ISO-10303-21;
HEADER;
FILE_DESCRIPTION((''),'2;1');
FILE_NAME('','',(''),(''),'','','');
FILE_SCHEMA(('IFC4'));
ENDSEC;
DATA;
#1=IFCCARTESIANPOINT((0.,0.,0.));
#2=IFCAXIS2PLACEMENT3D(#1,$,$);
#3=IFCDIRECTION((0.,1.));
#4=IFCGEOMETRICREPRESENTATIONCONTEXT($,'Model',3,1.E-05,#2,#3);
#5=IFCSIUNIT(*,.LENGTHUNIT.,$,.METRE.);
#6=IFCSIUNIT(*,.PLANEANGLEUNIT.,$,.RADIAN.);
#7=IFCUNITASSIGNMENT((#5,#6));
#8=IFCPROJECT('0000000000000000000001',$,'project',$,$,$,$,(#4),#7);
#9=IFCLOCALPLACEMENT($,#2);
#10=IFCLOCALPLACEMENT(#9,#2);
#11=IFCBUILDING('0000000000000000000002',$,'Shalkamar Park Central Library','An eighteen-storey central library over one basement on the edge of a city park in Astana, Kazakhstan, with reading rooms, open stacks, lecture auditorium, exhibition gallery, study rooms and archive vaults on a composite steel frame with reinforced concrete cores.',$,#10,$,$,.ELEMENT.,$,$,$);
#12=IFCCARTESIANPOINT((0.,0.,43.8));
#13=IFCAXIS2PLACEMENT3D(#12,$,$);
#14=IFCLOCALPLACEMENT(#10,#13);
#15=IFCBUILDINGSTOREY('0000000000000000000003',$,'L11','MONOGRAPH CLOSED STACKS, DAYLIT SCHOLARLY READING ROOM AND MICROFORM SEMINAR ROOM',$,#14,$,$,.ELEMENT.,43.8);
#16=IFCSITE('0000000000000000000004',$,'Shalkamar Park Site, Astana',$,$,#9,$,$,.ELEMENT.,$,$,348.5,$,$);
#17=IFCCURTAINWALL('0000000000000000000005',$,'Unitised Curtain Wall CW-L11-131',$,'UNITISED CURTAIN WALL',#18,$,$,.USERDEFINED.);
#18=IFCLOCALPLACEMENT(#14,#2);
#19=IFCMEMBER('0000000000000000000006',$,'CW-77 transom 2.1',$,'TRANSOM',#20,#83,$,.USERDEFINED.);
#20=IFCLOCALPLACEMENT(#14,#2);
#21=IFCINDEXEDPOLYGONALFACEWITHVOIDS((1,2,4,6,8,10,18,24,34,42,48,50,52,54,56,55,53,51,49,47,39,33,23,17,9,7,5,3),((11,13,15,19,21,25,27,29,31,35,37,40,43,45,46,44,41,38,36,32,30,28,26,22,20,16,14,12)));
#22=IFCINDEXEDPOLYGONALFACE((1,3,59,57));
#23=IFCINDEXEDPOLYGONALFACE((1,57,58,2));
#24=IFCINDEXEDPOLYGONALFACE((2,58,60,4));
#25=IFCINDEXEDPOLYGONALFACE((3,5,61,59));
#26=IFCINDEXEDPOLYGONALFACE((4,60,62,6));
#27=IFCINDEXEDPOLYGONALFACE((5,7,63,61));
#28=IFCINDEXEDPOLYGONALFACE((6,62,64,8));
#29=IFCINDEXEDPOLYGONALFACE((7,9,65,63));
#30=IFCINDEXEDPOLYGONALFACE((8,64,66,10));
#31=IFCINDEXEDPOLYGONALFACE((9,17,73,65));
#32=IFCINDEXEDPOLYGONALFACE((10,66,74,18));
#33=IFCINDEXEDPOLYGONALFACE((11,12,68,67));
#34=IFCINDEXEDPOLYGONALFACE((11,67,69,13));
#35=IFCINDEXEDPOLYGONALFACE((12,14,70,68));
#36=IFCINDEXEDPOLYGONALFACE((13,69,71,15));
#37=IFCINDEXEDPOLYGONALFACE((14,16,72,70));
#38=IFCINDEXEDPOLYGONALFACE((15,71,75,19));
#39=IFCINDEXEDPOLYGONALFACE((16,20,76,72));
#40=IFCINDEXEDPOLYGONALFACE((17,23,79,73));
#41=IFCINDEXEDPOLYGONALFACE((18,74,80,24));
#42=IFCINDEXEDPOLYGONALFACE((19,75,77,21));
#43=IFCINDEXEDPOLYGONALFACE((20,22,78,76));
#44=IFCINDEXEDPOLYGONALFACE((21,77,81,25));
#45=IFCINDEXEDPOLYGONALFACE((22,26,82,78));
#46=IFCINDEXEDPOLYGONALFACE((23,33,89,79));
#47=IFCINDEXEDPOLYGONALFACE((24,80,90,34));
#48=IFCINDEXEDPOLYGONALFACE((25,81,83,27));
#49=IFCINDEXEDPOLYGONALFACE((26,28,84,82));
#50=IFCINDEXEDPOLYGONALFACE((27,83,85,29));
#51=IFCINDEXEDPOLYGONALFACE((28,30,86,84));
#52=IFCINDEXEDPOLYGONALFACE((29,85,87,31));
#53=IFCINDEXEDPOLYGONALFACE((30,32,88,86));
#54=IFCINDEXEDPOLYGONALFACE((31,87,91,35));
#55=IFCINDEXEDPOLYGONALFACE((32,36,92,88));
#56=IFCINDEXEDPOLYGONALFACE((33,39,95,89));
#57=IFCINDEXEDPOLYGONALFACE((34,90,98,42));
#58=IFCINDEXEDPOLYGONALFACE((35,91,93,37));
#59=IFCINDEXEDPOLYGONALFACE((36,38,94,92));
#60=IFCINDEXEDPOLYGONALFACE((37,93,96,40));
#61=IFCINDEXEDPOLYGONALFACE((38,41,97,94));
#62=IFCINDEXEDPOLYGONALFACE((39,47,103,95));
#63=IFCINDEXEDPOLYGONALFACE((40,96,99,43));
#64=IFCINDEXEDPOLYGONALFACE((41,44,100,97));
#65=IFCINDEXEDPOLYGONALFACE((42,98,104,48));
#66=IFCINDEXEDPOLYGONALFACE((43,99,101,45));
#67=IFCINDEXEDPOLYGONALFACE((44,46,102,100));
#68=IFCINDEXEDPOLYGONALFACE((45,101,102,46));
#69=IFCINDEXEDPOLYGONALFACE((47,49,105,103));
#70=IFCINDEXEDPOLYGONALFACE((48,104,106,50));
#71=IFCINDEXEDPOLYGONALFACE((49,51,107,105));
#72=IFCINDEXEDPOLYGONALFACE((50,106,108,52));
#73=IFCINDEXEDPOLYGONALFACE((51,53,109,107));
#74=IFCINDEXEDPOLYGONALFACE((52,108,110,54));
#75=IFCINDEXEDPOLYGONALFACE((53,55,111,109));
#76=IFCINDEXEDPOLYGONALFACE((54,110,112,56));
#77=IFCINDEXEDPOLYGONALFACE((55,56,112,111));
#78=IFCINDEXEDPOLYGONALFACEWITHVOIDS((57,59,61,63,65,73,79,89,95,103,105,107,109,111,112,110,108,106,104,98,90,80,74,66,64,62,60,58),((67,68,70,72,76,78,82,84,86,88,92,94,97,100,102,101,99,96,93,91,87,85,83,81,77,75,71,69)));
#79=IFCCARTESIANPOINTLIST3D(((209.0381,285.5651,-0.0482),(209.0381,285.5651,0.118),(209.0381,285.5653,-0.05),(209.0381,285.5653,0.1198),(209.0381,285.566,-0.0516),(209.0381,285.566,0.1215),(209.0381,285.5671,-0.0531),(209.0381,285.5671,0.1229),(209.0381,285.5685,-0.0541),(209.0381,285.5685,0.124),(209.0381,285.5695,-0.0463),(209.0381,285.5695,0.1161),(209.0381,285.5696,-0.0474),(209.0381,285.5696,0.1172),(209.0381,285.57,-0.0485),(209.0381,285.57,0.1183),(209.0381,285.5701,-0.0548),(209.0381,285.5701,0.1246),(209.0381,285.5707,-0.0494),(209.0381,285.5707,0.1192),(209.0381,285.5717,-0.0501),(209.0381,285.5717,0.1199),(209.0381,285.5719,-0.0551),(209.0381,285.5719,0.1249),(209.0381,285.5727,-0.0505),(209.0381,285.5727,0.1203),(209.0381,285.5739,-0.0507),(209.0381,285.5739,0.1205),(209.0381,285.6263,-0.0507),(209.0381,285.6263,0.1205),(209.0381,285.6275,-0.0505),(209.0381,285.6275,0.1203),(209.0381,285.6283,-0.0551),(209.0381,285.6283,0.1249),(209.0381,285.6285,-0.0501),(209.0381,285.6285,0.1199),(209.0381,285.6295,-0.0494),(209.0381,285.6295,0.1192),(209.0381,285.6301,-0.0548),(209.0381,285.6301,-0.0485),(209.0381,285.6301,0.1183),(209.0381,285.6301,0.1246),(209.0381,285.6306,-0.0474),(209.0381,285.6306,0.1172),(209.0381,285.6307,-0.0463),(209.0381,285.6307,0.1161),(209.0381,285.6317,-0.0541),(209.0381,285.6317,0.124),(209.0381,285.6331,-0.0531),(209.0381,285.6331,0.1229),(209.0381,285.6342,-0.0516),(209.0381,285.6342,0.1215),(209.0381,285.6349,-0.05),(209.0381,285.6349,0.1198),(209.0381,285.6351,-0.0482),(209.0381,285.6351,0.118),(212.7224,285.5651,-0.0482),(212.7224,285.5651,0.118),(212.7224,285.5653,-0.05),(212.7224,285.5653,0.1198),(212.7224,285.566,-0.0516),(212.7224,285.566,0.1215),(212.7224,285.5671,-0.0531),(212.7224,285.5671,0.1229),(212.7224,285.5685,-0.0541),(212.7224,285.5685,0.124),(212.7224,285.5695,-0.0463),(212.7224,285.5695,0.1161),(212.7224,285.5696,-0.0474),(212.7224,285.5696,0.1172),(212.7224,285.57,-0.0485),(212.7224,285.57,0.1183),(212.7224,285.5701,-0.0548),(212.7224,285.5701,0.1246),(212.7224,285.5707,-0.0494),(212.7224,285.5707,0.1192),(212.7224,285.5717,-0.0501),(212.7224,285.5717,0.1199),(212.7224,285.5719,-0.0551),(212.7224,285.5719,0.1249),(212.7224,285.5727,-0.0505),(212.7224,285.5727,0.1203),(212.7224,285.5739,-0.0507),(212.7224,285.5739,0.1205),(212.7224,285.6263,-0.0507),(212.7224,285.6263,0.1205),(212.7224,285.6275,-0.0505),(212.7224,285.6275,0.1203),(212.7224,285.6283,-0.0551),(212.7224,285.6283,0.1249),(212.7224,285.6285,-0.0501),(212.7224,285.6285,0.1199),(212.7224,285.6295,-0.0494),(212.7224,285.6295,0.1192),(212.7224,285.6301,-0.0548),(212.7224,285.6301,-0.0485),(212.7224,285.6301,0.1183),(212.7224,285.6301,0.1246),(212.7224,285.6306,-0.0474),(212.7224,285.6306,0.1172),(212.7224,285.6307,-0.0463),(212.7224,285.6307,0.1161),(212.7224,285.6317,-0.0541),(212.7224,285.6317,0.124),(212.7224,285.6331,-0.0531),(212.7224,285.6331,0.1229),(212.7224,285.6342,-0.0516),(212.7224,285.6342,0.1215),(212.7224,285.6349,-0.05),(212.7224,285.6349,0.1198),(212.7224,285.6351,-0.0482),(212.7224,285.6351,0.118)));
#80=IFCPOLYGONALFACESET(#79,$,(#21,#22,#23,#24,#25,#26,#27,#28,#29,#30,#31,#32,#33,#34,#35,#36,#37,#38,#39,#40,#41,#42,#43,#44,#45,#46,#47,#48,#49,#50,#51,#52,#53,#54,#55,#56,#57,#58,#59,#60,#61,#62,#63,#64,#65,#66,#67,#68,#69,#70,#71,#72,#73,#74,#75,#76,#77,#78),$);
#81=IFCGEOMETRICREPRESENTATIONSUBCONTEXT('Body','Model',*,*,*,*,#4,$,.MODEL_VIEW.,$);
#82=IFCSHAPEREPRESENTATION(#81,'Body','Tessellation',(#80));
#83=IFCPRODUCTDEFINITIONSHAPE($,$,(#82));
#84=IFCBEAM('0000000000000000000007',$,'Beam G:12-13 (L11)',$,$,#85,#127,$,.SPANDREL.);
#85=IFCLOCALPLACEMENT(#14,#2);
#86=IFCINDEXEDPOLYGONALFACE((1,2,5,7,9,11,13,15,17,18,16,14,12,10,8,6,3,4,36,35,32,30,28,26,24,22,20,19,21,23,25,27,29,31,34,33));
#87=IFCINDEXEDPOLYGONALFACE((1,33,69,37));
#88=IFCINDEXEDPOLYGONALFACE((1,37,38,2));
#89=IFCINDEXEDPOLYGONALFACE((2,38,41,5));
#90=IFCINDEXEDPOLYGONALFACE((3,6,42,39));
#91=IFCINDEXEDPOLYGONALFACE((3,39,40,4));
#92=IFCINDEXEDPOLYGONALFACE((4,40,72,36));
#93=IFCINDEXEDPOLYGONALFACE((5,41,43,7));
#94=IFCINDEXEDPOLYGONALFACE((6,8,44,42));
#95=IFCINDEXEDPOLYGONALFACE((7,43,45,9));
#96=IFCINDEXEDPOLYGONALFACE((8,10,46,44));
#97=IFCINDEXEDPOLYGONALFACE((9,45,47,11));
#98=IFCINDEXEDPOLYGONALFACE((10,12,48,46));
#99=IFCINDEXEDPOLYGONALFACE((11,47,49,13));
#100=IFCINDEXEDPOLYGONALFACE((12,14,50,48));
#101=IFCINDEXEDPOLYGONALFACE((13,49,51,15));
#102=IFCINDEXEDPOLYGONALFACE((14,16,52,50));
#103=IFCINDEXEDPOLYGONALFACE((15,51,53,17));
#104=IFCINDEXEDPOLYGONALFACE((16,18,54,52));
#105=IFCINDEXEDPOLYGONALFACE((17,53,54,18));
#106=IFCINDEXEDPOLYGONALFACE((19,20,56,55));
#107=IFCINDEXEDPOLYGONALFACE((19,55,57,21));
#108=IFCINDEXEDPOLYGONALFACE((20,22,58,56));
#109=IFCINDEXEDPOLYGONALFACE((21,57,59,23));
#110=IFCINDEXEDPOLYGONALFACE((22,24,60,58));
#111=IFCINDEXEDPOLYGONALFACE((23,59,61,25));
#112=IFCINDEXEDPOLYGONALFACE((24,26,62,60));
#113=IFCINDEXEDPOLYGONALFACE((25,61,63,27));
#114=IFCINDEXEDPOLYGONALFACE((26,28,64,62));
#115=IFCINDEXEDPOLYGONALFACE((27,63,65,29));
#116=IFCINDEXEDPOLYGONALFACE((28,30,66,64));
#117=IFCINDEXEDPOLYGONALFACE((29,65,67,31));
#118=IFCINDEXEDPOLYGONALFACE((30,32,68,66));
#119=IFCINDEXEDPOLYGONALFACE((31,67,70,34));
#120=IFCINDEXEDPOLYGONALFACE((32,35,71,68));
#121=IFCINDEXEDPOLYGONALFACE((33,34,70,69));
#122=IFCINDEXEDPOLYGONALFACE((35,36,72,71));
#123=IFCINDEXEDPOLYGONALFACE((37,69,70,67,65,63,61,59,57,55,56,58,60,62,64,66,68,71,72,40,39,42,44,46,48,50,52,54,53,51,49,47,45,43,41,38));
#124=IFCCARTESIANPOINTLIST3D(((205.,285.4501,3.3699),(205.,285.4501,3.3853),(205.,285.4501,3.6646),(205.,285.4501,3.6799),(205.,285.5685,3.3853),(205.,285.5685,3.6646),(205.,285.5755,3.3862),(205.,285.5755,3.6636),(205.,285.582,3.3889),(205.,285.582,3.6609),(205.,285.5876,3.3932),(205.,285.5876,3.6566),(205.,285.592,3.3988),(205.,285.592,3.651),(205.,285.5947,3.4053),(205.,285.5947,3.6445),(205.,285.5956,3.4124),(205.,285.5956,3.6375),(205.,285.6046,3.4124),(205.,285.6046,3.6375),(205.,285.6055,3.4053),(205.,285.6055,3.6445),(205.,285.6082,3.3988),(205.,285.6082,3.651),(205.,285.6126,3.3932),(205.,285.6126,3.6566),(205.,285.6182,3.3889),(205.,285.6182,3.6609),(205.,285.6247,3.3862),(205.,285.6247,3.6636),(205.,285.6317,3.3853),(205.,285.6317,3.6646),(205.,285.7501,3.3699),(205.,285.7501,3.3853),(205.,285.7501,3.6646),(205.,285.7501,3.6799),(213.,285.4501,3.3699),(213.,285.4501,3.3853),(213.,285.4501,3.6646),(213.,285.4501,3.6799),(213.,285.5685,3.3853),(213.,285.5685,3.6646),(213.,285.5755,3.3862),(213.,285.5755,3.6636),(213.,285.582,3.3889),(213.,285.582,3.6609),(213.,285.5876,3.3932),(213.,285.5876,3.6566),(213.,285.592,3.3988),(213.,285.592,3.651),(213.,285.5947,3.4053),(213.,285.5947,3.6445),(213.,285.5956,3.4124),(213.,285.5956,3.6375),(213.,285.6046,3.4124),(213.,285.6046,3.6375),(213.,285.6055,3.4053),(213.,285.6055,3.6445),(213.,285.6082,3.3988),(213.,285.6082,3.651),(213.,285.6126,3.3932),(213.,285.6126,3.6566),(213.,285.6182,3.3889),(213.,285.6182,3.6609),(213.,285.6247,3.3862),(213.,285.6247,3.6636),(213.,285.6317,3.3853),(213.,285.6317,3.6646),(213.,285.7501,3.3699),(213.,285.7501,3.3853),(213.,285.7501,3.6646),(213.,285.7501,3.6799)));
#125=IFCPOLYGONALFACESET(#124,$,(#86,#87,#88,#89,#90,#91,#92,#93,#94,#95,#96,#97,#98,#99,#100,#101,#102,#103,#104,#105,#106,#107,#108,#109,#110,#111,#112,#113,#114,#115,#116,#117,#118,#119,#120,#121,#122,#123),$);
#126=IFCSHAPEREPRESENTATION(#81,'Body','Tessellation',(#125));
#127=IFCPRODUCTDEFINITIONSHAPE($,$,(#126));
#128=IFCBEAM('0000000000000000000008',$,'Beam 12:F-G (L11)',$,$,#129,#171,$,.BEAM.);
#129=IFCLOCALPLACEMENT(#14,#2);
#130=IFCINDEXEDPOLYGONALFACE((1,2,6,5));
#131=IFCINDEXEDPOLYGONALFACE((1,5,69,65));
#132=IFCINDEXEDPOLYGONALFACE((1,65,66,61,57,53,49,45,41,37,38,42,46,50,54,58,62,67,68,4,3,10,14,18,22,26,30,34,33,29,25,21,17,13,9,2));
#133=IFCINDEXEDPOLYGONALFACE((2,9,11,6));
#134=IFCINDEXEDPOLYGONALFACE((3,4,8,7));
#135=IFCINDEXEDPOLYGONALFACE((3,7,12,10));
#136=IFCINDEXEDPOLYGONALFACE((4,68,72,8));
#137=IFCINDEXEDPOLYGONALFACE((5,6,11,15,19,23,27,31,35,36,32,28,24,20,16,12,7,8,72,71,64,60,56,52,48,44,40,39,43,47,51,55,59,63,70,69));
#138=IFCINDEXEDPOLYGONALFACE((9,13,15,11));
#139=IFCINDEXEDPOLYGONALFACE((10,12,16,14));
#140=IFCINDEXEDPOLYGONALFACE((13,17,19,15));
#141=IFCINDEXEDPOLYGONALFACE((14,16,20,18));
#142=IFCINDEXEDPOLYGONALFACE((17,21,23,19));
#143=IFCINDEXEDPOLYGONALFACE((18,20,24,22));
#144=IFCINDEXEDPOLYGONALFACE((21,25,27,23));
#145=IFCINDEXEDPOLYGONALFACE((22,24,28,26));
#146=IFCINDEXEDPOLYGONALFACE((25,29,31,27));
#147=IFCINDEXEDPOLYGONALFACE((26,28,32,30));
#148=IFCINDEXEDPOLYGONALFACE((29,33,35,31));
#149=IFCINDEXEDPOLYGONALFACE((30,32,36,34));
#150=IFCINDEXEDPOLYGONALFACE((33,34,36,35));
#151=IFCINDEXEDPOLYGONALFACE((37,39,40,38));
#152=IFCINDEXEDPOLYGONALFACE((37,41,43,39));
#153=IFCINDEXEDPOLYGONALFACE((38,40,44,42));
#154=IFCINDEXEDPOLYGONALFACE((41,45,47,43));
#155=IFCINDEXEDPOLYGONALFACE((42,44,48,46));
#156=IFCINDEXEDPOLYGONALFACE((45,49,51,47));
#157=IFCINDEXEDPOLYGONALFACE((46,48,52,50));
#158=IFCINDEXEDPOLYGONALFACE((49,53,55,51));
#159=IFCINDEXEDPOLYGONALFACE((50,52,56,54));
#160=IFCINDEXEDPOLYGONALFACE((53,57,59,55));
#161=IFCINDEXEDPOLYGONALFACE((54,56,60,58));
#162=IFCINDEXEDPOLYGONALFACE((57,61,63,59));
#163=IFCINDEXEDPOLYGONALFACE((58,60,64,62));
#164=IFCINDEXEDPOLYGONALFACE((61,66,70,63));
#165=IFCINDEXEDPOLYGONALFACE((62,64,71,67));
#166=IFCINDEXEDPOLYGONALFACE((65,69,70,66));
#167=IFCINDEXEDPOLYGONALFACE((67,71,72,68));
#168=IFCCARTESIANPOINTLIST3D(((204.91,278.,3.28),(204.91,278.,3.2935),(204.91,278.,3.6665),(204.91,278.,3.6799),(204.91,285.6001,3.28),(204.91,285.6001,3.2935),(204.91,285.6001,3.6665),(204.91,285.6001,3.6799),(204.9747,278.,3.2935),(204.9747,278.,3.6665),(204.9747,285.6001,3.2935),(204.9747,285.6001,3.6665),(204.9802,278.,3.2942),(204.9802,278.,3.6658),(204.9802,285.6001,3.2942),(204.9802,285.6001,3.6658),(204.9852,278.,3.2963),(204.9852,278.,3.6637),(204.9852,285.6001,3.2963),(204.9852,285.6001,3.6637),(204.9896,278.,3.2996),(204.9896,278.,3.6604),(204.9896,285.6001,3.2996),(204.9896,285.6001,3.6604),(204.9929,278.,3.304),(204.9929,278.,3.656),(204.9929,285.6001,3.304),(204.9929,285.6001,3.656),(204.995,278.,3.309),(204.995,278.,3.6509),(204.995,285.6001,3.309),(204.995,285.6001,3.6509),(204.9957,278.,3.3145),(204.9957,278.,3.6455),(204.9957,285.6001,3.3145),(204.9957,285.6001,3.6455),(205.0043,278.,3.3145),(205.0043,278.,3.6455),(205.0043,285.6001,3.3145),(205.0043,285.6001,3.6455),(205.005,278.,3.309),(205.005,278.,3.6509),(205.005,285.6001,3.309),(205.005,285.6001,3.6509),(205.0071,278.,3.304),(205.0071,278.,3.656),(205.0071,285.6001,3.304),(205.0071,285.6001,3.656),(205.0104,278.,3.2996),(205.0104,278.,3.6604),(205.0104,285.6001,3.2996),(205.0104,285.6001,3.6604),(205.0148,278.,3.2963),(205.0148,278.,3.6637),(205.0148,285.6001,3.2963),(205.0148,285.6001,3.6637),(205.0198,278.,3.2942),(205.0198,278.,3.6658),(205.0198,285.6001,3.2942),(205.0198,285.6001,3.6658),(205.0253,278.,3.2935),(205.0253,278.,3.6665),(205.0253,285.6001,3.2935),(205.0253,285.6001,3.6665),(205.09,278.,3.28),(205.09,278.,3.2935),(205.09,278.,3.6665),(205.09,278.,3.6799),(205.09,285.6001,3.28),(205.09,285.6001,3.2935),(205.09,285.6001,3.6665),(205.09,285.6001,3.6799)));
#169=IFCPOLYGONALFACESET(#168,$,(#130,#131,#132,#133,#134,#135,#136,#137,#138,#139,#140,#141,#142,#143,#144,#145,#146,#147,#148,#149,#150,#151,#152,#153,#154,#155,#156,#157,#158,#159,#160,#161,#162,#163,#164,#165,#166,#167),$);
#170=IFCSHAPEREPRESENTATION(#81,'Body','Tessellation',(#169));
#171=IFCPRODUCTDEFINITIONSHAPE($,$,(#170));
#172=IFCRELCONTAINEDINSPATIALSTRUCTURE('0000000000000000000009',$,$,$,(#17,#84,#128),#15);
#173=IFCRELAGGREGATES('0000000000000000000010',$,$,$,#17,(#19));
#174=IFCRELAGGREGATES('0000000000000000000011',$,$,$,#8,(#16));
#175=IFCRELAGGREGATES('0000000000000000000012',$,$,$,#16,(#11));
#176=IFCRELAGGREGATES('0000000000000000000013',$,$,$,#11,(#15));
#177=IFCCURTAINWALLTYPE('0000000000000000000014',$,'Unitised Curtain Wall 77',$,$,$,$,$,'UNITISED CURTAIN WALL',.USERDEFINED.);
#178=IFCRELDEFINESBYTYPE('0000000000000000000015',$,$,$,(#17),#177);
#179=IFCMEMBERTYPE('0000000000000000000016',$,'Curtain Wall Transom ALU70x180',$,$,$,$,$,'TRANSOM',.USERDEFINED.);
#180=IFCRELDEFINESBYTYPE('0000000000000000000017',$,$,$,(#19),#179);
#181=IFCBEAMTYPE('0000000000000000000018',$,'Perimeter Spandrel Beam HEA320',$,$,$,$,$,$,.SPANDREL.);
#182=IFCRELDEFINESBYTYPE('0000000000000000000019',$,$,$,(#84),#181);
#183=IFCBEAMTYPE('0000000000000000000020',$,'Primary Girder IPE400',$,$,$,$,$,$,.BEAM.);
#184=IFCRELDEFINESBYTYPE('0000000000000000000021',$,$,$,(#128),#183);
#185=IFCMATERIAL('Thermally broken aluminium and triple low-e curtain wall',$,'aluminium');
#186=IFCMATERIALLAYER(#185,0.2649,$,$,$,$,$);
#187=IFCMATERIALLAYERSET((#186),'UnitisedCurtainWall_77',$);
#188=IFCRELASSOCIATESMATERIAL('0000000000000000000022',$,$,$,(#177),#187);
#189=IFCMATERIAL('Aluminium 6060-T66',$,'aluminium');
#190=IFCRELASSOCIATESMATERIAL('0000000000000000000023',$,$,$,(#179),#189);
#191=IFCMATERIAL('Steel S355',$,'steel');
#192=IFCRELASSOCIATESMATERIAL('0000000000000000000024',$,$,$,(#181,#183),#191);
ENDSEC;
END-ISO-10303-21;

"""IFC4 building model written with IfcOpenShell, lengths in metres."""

from ifc_helpers import new_model, si_unit, direction, frame, origin, origin_2d, place, context, subcontext, project, spatial, hollow_rectangle, i_section, extrude, material, layer, layer_set, material_profile, profile_set, type_object, element, aggregate, save


model = new_model("IFC4")

# Units and contexts
model_context = context("Model", 3, precision=1e-05, world=origin(), true_north=direction((0.0, 1.0)))
body_context = subcontext(model_context, "Body", "Model", "MODEL_VIEW")
ifc_project = project(units=[si_unit("LENGTHUNIT", "METRE"), si_unit("PLANEANGLEUNIT", "RADIAN")], contexts=[model_context])

# Site, building, storey
site_placement = place(None, origin())
site = spatial("IfcSite", under=ifc_project, at=site_placement, Name="Shalkamar Park Site, Astana", CompositionType="ELEMENT", RefElevation=348.5)
building_placement = place(site_placement, origin())
building = spatial("IfcBuilding", under=site, at=building_placement, Name="Shalkamar Park Central Library", Description="An eighteen-storey central library over one basement on the edge of a city park in Astana, Kazakhstan, with reading rooms, open stacks, lecture auditorium, exhibition gallery, study rooms and archive vaults on a composite steel frame with reinforced concrete cores.", CompositionType="ELEMENT")
storey_placement = place(building_placement, frame((0.0, 0.0, 43.8)))
storey = spatial("IfcBuildingStorey", under=building, at=storey_placement, Name="L11", Description="MONOGRAPH CLOSED STACKS, DAYLIT SCHOLARLY READING ROOM AND MICROFORM SEMINAR ROOM", CompositionType="ELEMENT", Elevation=43.8)

# Shared definitions
ifc_material_1 = material(Name="Steel S355", Category="steel")

# Curtain wall
ifc_material_2 = material(Name="Thermally broken aluminium and triple low-e curtain wall", Category="aluminium")
ifc_material_3 = material(Name="Aluminium 6060-T66", Category="aluminium")
ifc_layer_1 = layer(ifc_material_2, 0.2649)
ifc_layer_set_1 = layer_set([ifc_layer_1], Name="UnitisedCurtainWall_77")
curtain_wall_type_1 = type_object("IfcCurtainWallType", Name="Unitised Curtain Wall 77", ElementType="UNITISED CURTAIN WALL", PredefinedType="USERDEFINED", material=ifc_layer_set_1)
curtain_wall_1_placement = place(storey_placement, origin())
curtain_wall_1 = element("IfcCurtainWall", 1, at=curtain_wall_1_placement, inside=storey, type_object=curtain_wall_type_1, Name="Unitised Curtain Wall CW-L11-131", ObjectType="UNITISED CURTAIN WALL", PredefinedType="USERDEFINED")

# Member
ifc_material_profile_1 = material_profile(ifc_material_3, hollow_rectangle(XDim=0.0701, YDim=0.1799, WallThickness=0.0044, InnerFilletRadius=0.0044, OuterFilletRadius=0.0068, at=origin_2d()), Name="ALU 70x180x4.5")
ifc_profile_set_1 = profile_set([ifc_material_profile_1], Name="Aluminium 6060-T66")
member_type_1 = type_object("IfcMemberType", Name="Curtain Wall Transom ALU70x180", ElementType="TRANSOM", PredefinedType="USERDEFINED", material=ifc_profile_set_1)
member_1_placement = place(storey_placement, frame((209.0381, 285.6001, 0.0349), z_axis=(1.0, 0.0, 0.0), x_axis=(0.0, 1.0, 0.0)))
member_1 = element("IfcMember", 2, at=member_1_placement, type_object=member_type_1, Name="CW-77 transom 2.1", ObjectType="TRANSOM", PredefinedType="USERDEFINED", context=body_context, shape_type="SweptSolid", body=[
    extrude(hollow_rectangle(XDim=0.0701, YDim=0.1799, WallThickness=0.0044, InnerFilletRadius=0.0044, OuterFilletRadius=0.0068, at=origin_2d()), origin(), (0.0, 0.0, 1.0), 3.6843),
])

# Beams
ifc_material_profile_2 = material_profile(ifc_material_1, i_section(OverallWidth=0.3, OverallDepth=0.3101, WebThickness=0.009, FlangeThickness=0.0154, FilletRadius=0.0271, at=origin_2d()), Name="HEA 320")
ifc_profile_set_2 = profile_set([ifc_material_profile_2], Name="Steel S355")
beam_type_1 = type_object("IfcBeamType", Name="Perimeter Spandrel Beam HEA320", PredefinedType="SPANDREL", material=ifc_profile_set_2)
beam_1_placement = place(storey_placement, frame((205.0, 285.6001, 3.5249), z_axis=(1.0, 0.0, 0.0), x_axis=(0.0, 1.0, 0.0)))
element("IfcBeam", 3, at=beam_1_placement, inside=storey, type_object=beam_type_1, Name="Beam G:12-13 (L11)", PredefinedType="SPANDREL", context=body_context, shape_type="SweptSolid", body=[
    extrude(i_section(OverallWidth=0.3, OverallDepth=0.3101, WebThickness=0.009, FlangeThickness=0.0154, FilletRadius=0.0271, at=origin_2d()), origin(), (0.0, 0.0, 1.0), 8.0),
])
ifc_material_profile_3 = material_profile(ifc_material_1, i_section(OverallWidth=0.1799, OverallDepth=0.3999, WebThickness=0.0085, FlangeThickness=0.0134, FilletRadius=0.021, at=origin_2d()), Name="IPE 400")
ifc_profile_set_3 = profile_set([ifc_material_profile_3], Name="Steel S355")
beam_type_2 = type_object("IfcBeamType", Name="Primary Girder IPE400", PredefinedType="BEAM", material=ifc_profile_set_3)
beam_2_placement = place(storey_placement, frame((205.0, 278.0, 3.48), z_axis=(0.0, 1.0, 0.0), x_axis=(-1.0, 0.0, 0.0)))
element("IfcBeam", 4, at=beam_2_placement, inside=storey, type_object=beam_type_2, Name="Beam 12:F-G (L11)", PredefinedType="BEAM", context=body_context, shape_type="SweptSolid", body=[
    extrude(i_section(OverallWidth=0.1799, OverallDepth=0.3999, WebThickness=0.0085, FlangeThickness=0.0134, FilletRadius=0.021, at=origin_2d()), origin(), (0.0, 0.0, 1.0), 7.6001),
])

aggregate(curtain_wall_1, [member_1])

save(model, "model.ifc")
